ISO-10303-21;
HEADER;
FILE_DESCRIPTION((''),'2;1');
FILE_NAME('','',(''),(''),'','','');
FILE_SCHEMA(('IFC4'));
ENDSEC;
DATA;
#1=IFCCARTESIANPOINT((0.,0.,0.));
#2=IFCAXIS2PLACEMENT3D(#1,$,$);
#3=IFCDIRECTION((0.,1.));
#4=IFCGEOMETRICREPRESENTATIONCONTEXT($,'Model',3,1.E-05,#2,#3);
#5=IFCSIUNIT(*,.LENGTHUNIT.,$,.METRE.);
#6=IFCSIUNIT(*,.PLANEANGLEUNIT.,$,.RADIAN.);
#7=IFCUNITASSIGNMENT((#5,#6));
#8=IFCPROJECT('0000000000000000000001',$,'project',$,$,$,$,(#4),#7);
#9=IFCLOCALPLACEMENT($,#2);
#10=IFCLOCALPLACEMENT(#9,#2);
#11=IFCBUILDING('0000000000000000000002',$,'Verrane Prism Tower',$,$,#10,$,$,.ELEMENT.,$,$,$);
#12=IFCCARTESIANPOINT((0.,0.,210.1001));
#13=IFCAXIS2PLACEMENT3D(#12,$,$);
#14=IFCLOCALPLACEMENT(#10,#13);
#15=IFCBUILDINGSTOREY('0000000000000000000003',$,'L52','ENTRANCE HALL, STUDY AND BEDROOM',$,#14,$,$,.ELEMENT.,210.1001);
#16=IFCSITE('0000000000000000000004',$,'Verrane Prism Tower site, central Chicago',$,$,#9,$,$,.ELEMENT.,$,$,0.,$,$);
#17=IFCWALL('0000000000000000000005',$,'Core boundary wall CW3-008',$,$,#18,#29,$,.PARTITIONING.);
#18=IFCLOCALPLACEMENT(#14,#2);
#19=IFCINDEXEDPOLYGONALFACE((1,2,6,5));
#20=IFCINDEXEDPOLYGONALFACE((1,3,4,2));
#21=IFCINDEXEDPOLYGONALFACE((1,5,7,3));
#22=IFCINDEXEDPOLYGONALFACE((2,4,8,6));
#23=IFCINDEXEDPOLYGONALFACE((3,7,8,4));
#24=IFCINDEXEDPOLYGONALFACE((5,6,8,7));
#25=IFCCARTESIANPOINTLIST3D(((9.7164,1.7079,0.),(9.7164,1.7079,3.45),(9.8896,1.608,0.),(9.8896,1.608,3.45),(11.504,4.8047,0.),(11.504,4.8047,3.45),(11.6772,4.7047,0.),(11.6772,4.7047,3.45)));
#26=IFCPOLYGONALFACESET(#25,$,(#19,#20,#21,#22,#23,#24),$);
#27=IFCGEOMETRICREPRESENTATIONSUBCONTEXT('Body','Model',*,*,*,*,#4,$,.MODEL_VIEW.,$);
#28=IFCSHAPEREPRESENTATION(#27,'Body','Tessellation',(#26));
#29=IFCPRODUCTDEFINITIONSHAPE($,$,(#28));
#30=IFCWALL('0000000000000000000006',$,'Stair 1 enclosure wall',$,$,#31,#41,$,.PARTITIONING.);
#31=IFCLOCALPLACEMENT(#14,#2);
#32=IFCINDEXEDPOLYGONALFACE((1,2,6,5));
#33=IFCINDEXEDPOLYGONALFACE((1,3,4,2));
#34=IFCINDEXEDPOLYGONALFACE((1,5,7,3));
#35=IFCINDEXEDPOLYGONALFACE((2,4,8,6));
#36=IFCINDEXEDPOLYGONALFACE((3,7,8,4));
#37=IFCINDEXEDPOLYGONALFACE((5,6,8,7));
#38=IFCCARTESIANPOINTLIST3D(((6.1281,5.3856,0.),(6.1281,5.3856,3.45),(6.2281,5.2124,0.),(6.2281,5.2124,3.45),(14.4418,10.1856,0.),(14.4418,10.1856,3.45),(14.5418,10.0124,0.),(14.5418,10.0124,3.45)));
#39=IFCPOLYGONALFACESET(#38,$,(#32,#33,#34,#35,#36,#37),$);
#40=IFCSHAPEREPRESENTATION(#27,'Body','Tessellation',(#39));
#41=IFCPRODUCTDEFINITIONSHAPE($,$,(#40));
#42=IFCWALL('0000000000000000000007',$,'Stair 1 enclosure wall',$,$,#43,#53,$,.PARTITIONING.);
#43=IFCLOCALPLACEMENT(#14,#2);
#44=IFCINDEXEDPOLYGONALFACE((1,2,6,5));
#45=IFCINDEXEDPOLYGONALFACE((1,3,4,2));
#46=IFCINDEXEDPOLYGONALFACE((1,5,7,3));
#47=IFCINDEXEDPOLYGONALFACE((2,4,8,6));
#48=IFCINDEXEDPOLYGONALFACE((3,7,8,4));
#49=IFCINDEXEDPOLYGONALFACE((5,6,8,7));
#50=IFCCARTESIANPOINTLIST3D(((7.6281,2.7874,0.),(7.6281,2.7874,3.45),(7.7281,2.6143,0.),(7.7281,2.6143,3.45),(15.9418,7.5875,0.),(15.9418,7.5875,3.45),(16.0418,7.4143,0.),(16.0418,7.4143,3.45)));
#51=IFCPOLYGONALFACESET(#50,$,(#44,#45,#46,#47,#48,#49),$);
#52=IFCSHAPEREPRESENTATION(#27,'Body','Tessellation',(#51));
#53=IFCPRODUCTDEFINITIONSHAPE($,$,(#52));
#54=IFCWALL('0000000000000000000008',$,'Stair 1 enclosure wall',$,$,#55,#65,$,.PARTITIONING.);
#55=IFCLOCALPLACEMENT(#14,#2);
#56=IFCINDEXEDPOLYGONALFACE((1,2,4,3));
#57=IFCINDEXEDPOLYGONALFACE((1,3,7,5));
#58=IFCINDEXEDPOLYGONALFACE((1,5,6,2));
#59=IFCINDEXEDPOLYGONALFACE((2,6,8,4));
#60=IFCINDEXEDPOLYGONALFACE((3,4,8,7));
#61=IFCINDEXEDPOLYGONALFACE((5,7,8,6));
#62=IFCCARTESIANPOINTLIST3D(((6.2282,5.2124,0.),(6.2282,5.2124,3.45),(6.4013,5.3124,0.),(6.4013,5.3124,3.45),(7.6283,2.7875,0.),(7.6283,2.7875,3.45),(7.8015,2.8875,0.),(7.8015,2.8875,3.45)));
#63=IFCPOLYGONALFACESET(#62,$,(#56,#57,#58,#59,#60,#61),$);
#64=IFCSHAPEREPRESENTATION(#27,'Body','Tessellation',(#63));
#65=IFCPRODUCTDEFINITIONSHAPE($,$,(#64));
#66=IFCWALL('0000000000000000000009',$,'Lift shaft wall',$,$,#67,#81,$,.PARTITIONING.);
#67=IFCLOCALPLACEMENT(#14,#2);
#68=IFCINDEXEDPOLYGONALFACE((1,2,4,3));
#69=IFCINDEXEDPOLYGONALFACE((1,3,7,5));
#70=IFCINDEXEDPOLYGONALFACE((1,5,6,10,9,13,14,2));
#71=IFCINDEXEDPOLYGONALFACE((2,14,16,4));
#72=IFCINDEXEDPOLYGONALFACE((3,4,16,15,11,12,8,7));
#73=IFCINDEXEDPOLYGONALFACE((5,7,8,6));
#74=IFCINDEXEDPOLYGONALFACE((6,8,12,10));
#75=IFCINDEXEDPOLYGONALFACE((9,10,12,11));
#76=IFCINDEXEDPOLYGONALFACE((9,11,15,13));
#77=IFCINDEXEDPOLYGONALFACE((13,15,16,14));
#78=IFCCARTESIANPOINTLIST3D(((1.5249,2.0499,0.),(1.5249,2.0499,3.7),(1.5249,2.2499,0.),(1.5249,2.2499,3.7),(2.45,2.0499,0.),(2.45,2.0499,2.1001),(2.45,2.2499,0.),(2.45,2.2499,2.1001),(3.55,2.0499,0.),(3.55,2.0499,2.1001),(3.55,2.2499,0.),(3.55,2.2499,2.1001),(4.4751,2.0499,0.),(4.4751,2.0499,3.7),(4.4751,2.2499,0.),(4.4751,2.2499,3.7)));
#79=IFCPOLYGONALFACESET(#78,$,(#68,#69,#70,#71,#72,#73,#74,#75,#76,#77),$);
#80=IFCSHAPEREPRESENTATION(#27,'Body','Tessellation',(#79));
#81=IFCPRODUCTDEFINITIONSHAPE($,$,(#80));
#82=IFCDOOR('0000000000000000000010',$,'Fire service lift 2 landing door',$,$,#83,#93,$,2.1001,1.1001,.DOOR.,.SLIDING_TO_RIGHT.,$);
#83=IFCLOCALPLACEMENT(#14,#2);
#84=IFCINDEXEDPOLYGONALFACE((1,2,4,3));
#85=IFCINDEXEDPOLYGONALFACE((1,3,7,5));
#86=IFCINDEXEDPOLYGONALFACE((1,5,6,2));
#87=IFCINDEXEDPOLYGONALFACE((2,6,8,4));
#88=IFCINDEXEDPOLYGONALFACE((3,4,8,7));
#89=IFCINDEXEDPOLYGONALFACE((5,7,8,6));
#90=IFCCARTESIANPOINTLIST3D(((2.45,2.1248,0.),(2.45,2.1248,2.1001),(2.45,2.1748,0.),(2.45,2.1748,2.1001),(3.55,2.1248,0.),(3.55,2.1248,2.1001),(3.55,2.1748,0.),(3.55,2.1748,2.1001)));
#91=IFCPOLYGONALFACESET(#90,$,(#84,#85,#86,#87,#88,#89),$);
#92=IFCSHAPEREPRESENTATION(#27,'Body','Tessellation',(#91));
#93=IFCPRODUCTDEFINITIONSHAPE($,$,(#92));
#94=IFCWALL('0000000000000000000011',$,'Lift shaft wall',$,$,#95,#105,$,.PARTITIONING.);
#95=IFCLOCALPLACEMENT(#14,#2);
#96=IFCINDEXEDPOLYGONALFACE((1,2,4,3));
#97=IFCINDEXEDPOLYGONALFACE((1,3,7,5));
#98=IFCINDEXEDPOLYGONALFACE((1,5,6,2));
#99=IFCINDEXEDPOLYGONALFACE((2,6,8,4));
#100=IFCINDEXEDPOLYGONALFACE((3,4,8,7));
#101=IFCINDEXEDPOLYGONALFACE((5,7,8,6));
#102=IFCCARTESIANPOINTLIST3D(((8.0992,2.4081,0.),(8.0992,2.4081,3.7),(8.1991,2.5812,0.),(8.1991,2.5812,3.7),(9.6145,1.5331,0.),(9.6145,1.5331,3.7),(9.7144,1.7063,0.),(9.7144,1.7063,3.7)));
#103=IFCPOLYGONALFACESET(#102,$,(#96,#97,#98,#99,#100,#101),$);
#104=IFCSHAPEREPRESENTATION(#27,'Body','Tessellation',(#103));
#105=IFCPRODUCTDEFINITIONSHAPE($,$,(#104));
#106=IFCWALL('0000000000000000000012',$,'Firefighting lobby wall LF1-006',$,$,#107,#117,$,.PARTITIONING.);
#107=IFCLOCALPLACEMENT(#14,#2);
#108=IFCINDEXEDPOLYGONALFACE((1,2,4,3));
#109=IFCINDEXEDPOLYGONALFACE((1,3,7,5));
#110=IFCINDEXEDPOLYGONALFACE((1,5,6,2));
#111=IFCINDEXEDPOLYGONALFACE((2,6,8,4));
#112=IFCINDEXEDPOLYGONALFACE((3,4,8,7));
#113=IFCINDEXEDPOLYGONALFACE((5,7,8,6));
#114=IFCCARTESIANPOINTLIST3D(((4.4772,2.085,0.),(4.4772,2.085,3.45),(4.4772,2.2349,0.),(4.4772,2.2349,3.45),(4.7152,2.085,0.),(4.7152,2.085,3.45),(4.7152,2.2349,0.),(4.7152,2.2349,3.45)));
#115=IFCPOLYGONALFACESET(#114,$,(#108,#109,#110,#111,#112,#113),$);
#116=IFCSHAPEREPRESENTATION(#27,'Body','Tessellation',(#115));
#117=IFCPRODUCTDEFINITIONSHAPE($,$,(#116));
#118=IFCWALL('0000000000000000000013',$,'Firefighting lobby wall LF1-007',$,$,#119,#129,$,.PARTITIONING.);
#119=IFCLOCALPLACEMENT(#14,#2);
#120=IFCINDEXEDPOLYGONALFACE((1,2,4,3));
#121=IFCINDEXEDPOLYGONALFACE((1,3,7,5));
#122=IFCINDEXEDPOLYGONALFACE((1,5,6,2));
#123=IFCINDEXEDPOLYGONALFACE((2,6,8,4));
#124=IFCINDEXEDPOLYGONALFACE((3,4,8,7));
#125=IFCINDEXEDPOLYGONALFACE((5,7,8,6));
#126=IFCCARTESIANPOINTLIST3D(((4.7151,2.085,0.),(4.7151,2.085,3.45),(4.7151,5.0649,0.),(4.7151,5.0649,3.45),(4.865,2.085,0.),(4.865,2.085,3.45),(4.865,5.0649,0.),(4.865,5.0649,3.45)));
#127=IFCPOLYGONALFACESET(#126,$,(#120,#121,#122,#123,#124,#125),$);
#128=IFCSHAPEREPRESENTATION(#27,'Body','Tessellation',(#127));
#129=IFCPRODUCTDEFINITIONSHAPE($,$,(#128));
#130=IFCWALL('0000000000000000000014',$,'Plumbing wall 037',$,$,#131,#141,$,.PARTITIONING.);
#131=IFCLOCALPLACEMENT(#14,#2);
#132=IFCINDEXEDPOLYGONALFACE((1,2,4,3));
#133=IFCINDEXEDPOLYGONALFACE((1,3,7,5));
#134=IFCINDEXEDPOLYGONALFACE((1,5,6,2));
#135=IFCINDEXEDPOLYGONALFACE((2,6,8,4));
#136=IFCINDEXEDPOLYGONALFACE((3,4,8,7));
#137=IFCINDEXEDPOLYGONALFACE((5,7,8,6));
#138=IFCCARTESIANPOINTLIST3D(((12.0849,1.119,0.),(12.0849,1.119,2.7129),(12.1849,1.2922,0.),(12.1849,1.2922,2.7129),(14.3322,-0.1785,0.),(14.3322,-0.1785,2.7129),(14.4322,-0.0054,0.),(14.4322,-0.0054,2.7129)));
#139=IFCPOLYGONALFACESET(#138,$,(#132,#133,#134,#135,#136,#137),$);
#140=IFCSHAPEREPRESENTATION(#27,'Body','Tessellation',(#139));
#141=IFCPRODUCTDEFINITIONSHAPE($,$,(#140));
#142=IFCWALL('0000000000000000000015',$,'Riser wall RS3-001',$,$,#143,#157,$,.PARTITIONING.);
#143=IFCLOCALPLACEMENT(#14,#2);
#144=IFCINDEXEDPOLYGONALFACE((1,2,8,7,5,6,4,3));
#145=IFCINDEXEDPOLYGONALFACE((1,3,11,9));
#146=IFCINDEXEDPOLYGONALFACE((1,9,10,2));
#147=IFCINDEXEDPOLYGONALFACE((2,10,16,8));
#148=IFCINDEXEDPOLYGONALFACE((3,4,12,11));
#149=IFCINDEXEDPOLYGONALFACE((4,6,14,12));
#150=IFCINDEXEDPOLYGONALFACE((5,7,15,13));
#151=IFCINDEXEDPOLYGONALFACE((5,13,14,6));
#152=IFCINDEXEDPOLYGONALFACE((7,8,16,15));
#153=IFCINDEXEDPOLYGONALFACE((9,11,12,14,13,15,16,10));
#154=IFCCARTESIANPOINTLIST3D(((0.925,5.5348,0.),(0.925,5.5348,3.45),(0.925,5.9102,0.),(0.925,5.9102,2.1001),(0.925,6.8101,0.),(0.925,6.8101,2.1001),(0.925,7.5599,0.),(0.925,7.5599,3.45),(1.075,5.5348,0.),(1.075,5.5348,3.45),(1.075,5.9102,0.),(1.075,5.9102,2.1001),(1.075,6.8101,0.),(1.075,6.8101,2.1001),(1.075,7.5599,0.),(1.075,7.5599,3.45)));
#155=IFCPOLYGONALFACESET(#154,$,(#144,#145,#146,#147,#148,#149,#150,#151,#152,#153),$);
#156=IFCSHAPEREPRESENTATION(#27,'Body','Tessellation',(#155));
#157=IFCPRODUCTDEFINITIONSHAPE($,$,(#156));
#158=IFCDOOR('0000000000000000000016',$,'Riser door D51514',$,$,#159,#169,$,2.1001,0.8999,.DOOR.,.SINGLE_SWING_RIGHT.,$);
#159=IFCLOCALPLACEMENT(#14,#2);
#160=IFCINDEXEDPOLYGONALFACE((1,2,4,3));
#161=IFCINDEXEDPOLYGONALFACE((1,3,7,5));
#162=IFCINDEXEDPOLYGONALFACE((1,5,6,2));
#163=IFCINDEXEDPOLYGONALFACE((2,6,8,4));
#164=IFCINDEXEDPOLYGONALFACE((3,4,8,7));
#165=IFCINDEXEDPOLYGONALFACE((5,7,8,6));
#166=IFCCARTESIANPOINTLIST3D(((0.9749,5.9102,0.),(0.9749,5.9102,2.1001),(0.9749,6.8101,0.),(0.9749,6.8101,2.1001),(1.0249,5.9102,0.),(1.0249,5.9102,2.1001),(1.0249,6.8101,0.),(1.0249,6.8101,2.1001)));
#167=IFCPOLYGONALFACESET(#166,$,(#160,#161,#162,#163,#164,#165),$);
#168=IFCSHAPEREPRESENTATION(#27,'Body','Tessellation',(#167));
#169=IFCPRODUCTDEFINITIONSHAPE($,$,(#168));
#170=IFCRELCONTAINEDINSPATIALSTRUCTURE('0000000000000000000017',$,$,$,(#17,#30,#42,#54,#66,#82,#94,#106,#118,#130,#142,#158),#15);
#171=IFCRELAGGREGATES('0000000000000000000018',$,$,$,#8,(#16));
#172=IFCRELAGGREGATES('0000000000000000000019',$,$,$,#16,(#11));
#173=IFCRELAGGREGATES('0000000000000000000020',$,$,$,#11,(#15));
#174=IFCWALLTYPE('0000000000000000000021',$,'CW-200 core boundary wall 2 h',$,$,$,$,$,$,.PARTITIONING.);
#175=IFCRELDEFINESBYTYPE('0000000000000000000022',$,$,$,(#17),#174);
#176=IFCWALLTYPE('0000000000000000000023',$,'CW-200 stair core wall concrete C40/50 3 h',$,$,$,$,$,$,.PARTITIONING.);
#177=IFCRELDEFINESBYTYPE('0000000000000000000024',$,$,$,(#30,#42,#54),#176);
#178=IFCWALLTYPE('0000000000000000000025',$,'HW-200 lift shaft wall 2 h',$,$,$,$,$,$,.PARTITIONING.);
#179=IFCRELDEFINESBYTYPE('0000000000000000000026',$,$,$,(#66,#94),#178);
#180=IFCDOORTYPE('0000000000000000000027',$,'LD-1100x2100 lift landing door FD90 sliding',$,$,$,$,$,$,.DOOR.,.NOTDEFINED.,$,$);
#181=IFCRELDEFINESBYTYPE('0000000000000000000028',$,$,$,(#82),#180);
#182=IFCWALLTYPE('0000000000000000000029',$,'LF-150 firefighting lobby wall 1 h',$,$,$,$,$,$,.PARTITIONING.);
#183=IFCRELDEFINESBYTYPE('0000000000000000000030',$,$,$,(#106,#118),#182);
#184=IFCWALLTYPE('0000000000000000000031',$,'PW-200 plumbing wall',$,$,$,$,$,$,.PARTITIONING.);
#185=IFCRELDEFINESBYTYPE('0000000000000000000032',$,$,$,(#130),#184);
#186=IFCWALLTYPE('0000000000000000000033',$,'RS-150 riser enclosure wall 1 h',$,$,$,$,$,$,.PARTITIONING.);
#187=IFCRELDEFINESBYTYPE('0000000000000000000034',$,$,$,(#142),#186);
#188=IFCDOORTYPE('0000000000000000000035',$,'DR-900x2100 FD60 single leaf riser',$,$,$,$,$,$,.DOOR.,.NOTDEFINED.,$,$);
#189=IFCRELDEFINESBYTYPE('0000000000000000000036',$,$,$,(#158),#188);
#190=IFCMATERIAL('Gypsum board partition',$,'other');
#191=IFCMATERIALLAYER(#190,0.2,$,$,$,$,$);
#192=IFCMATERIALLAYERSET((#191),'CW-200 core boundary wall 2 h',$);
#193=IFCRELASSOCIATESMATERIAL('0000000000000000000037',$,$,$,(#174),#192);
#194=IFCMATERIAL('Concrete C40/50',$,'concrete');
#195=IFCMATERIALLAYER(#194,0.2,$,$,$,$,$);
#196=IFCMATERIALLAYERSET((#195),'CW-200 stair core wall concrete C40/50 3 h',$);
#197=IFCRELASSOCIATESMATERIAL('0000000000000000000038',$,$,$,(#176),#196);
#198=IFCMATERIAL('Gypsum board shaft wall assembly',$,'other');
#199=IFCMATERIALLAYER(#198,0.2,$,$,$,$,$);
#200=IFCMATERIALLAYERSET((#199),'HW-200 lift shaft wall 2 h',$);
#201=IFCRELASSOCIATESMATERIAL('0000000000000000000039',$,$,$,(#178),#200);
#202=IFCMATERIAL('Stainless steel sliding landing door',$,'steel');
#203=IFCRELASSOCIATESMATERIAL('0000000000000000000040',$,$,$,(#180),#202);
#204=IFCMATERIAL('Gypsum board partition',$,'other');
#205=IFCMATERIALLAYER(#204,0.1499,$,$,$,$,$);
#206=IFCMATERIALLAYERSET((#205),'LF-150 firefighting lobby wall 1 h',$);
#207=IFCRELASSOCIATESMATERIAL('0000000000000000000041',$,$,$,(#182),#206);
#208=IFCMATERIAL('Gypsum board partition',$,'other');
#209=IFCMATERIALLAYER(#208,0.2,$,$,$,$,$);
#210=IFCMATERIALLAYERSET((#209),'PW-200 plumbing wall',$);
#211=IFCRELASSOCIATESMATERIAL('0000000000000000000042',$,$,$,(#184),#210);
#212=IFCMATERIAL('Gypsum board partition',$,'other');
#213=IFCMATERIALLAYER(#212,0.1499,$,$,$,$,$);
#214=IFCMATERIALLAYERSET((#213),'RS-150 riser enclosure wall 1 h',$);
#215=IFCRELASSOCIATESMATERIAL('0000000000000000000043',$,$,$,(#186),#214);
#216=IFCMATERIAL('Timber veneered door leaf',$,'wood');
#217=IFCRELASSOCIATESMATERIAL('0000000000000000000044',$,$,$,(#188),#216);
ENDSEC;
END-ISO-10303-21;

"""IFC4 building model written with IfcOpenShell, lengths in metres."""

from ifc_helpers import new_model, si_unit, direction, frame, frame_2d, origin, place, context, subcontext, project, spatial, rectangle, extrude, material, layer, layer_set, type_object, element, fill, save


model = new_model("IFC4")

# Units and contexts
model_context = context("Model", 3, precision=1e-05, world=origin(), true_north=direction((0.0, 1.0)))
body_context = subcontext(model_context, "Body", "Model", "MODEL_VIEW")
ifc_project = project(units=[si_unit("LENGTHUNIT", "METRE"), si_unit("PLANEANGLEUNIT", "RADIAN")], contexts=[model_context])

# Site, building, storey
site_placement = place(None, origin())
site = spatial("IfcSite", under=ifc_project, at=site_placement, Name="Verrane Prism Tower site, central Chicago", CompositionType="ELEMENT", RefElevation=0.0)
building_placement = place(site_placement, origin())
building = spatial("IfcBuilding", under=site, at=building_placement, Name="Verrane Prism Tower", CompositionType="ELEMENT")
storey_placement = place(building_placement, frame((0.0, 0.0, 210.1001)))
storey = spatial("IfcBuildingStorey", under=building, at=storey_placement, Name="L52", Description="ENTRANCE HALL, STUDY AND BEDROOM", CompositionType="ELEMENT", Elevation=210.1001)

# Walls
ifc_material_1 = material(Name="Gypsum board partition", Category="other")
ifc_layer_1 = layer(ifc_material_1, 0.2)
ifc_layer_set_1 = layer_set([ifc_layer_1], Name="CW-200 core boundary wall 2 h")
wall_type_1 = type_object("IfcWallType", Name="CW-200 core boundary wall 2 h", PredefinedType="PARTITIONING", material=ifc_layer_set_1)
wall_1_placement = place(storey_placement, frame((9.803, 1.658, 0.0), z_axis=(0.0, 0.0, 1.0), x_axis=(0.499943, 0.866058, 0.0)))
element("IfcWall", 1, at=wall_1_placement, inside=storey, type_object=wall_type_1, Name="Core boundary wall CW3-008", PredefinedType="PARTITIONING", context=body_context, shape_type="SweptSolid", body=[
    extrude(rectangle(XDim=3.5757, YDim=0.2, at=frame_2d((1.7878, 0.0))), origin(), (0.0, 0.0, 1.0), 3.45),
])
ifc_material_2 = material(Name="Concrete C40/50", Category="concrete")
ifc_layer_2 = layer(ifc_material_2, 0.2)
ifc_layer_set_2 = layer_set([ifc_layer_2], Name="CW-200 stair core wall concrete C40/50 3 h")
wall_type_2 = type_object("IfcWallType", Name="CW-200 stair core wall concrete C40/50 3 h", PredefinedType="PARTITIONING", material=ifc_layer_set_2)
for number, where, z_axis, x_axis, name in (
    (2, (6.1782, 5.2991, 0.0), (0.0, 0.0, 1.0), (0.86602, 0.500009, 0.0), "Stair 1 enclosure wall"),
    (3, (7.6782, 2.7009, 0.0), (0.0, 0.0, 1.0), (0.86602, 0.500009, 0.0), "Stair 1 enclosure wall"),
):
    element("IfcWall", number, at=place(storey_placement, frame(where, z_axis=z_axis, x_axis=x_axis)), inside=storey, type_object=wall_type_2, Name=name, PredefinedType="PARTITIONING", context=body_context, shape_type="SweptSolid", body=[
        extrude(rectangle(XDim=9.5999, YDim=0.2, at=frame_2d((4.7998, 0.0))), origin(), (0.0, 0.0, 1.0), 3.45),
    ])
wall_2_placement = place(storey_placement, frame((7.7148, 2.8376, 0.0), z_axis=(0.0, 0.0, 1.0), x_axis=(-0.50005, 0.865997, 0.0)))
element("IfcWall", 4, at=wall_2_placement, inside=storey, type_object=wall_type_2, Name="Stair 1 enclosure wall", PredefinedType="PARTITIONING", context=body_context, shape_type="SweptSolid", body=[
    extrude(rectangle(XDim=2.8, YDim=0.2, at=frame_2d((1.3999, 0.0))), origin(), (0.0, 0.0, 1.0), 3.45),
])

# Wall, opening, door
ifc_material_3 = material(Name="Gypsum board shaft wall assembly", Category="other")
ifc_layer_3 = layer(ifc_material_3, 0.2)
ifc_layer_set_3 = layer_set([ifc_layer_3], Name="HW-200 lift shaft wall 2 h")
wall_type_3 = type_object("IfcWallType", Name="HW-200 lift shaft wall 2 h", PredefinedType="PARTITIONING", material=ifc_layer_set_3)
wall_3_placement = place(storey_placement, frame((1.5249, 2.1499, 0.0), z_axis=(0.0, 0.0, 1.0), x_axis=(1.0, 0.0, 0.0)))
wall_3 = element("IfcWall", 5, at=wall_3_placement, inside=storey, type_object=wall_type_3, Name="Lift shaft wall", PredefinedType="PARTITIONING", context=body_context, shape_type="SweptSolid", body=[
    extrude(rectangle(XDim=2.9502, YDim=0.2, at=frame_2d((1.4751, 0.0))), origin(), (0.0, 0.0, 1.0), 3.7),
])
opening_1_placement = place(wall_3_placement, frame((0.925, 0.0, 0.0)))
opening_1 = element("IfcOpeningElement", 6, at=opening_1_placement, cuts=wall_3, PredefinedType="OPENING", context=body_context, shape_type="SweptSolid", body=[
    extrude(rectangle(XDim=1.1001, YDim=2.1001, at=frame_2d((0.55, 1.05))), frame((0.0, 0.1099, 0.0), z_axis=(0.0, -1.0, 0.0), x_axis=(1.0, 0.0, 0.0)), (0.0, 0.0, 1.0), 0.22),
])
ifc_material_4 = material(Name="Stainless steel sliding landing door", Category="steel")
door_type_1 = type_object("IfcDoorType", Name="LD-1100x2100 lift landing door FD90 sliding", OperationType="NOTDEFINED", PredefinedType="DOOR", material=ifc_material_4)
door_1_placement = place(opening_1_placement, origin())
door_1 = element("IfcDoor", 7, at=door_1_placement, inside=storey, type_object=door_type_1, Name="Fire service lift 2 landing door", OperationType="SLIDING_TO_RIGHT", OverallHeight=2.1001, OverallWidth=1.1001, PredefinedType="DOOR", context=body_context, shape_type="SweptSolid", body=[
    extrude(rectangle(XDim=1.1001, YDim=2.1001, at=frame_2d((0.55, 1.05))), frame((0.0, 0.0249, 0.0), z_axis=(0.0, -1.0, 0.0), x_axis=(1.0, 0.0, 0.0)), (0.0, 0.0, 1.0), 0.05),
])
fill(opening_1, door_1)

# Walls
wall_4_placement = place(storey_placement, frame((9.6646, 1.6196, 0.0), z_axis=(0.0, 0.0, 1.0), x_axis=(-0.866002, 0.50004, 0.0)))
element("IfcWall", 8, at=wall_4_placement, inside=storey, type_object=wall_type_3, Name="Lift shaft wall", PredefinedType="PARTITIONING", context=body_context, shape_type="SweptSolid", body=[
    extrude(rectangle(XDim=1.7498, YDim=0.2, at=frame_2d((0.875, 0.0))), origin(), (0.0, 0.0, 1.0), 3.7),
])
ifc_material_5 = material(Name="Gypsum board partition", Category="other")
ifc_layer_4 = layer(ifc_material_5, 0.1499)
ifc_layer_set_4 = layer_set([ifc_layer_4], Name="LF-150 firefighting lobby wall 1 h")
wall_type_4 = type_object("IfcWallType", Name="LF-150 firefighting lobby wall 1 h", PredefinedType="PARTITIONING", material=ifc_layer_set_4)
wall_5_placement = place(storey_placement, frame((4.4771, 2.1599, 0.0), z_axis=(0.0, 0.0, 1.0), x_axis=(1.0, 0.0, 0.0)))
element("IfcWall", 9, at=wall_5_placement, inside=storey, type_object=wall_type_4, Name="Firefighting lobby wall LF1-006", PredefinedType="PARTITIONING", context=body_context, shape_type="SweptSolid", body=[
    extrude(rectangle(XDim=0.238, YDim=0.1499, at=frame_2d((0.1191, 0.0))), origin(), (0.0, 0.0, 1.0), 3.45),
])
wall_6_placement = place(storey_placement, frame((4.79, 2.085, 0.0), z_axis=(0.0, 0.0, 1.0), x_axis=(0.0, 1.0, 0.0)))
element("IfcWall", 10, at=wall_6_placement, inside=storey, type_object=wall_type_4, Name="Firefighting lobby wall LF1-007", PredefinedType="PARTITIONING", context=body_context, shape_type="SweptSolid", body=[
    extrude(rectangle(XDim=2.98, YDim=0.1499, at=frame_2d((1.49, 0.0))), origin(), (0.0, 0.0, 1.0), 3.45),
])
ifc_material_6 = material(Name="Gypsum board partition", Category="other")
ifc_layer_5 = layer(ifc_material_6, 0.2)
ifc_layer_set_5 = layer_set([ifc_layer_5], Name="PW-200 plumbing wall")
wall_type_5 = type_object("IfcWallType", Name="PW-200 plumbing wall", PredefinedType="PARTITIONING", material=ifc_layer_set_5)
wall_7_placement = place(storey_placement, frame((12.135, 1.2056, 0.0), z_axis=(0.0, 0.0, 1.0), x_axis=(0.866005, -0.500035, 0.0)))
element("IfcWall", 11, at=wall_7_placement, inside=storey, type_object=wall_type_5, Name="Plumbing wall 037", PredefinedType="PARTITIONING", context=body_context, shape_type="SweptSolid", body=[
    extrude(rectangle(XDim=2.595, YDim=0.2, at=frame_2d((1.2974, 0.0))), origin(), (0.0, 0.0, 1.0), 2.7129),
])

# Wall, opening, door
ifc_material_7 = material(Name="Gypsum board partition", Category="other")
ifc_layer_6 = layer(ifc_material_7, 0.1499)
ifc_layer_set_6 = layer_set([ifc_layer_6], Name="RS-150 riser enclosure wall 1 h")
wall_type_6 = type_object("IfcWallType", Name="RS-150 riser enclosure wall 1 h", PredefinedType="PARTITIONING", material=ifc_layer_set_6)
wall_8_placement = place(storey_placement, frame((1.0, 7.5601, 0.0), z_axis=(0.0, 0.0, 1.0), x_axis=(0.0, -1.0, 0.0)))
wall_8 = element("IfcWall", 12, at=wall_8_placement, inside=storey, type_object=wall_type_6, Name="Riser wall RS3-001", PredefinedType="PARTITIONING", context=body_context, shape_type="SweptSolid", body=[
    extrude(rectangle(XDim=2.0251, YDim=0.1499, at=frame_2d((1.0127, 0.0))), origin(), (0.0, 0.0, 1.0), 3.45),
])
opening_2_placement = place(wall_8_placement, frame((0.75, 0.0, 0.0)))
opening_2 = element("IfcOpeningElement", 13, at=opening_2_placement, cuts=wall_8, PredefinedType="OPENING", context=body_context, shape_type="SweptSolid", body=[
    extrude(rectangle(XDim=0.8999, YDim=2.1001, at=frame_2d((0.45, 1.05))), frame((0.0, 0.085, 0.0), z_axis=(0.0, -1.0, 0.0), x_axis=(1.0, 0.0, 0.0)), (0.0, 0.0, 1.0), 0.1699),
])
ifc_material_8 = material(Name="Timber veneered door leaf", Category="wood")
door_type_2 = type_object("IfcDoorType", Name="DR-900x2100 FD60 single leaf riser", OperationType="NOTDEFINED", PredefinedType="DOOR", material=ifc_material_8)
door_2_placement = place(opening_2_placement, origin())
door_2 = element("IfcDoor", 14, at=door_2_placement, inside=storey, type_object=door_type_2, Name="Riser door D51514", OperationType="SINGLE_SWING_RIGHT", OverallHeight=2.1001, OverallWidth=0.8999, PredefinedType="DOOR", context=body_context, shape_type="SweptSolid", body=[
    extrude(rectangle(XDim=0.8999, YDim=2.1001, at=frame_2d((0.45, 1.05))), frame((0.0, 0.0249, 0.0), z_axis=(0.0, -1.0, 0.0), x_axis=(1.0, 0.0, 0.0)), (0.0, 0.0, 1.0), 0.05),
])
fill(opening_2, door_2)

save(model, "model.ifc")
